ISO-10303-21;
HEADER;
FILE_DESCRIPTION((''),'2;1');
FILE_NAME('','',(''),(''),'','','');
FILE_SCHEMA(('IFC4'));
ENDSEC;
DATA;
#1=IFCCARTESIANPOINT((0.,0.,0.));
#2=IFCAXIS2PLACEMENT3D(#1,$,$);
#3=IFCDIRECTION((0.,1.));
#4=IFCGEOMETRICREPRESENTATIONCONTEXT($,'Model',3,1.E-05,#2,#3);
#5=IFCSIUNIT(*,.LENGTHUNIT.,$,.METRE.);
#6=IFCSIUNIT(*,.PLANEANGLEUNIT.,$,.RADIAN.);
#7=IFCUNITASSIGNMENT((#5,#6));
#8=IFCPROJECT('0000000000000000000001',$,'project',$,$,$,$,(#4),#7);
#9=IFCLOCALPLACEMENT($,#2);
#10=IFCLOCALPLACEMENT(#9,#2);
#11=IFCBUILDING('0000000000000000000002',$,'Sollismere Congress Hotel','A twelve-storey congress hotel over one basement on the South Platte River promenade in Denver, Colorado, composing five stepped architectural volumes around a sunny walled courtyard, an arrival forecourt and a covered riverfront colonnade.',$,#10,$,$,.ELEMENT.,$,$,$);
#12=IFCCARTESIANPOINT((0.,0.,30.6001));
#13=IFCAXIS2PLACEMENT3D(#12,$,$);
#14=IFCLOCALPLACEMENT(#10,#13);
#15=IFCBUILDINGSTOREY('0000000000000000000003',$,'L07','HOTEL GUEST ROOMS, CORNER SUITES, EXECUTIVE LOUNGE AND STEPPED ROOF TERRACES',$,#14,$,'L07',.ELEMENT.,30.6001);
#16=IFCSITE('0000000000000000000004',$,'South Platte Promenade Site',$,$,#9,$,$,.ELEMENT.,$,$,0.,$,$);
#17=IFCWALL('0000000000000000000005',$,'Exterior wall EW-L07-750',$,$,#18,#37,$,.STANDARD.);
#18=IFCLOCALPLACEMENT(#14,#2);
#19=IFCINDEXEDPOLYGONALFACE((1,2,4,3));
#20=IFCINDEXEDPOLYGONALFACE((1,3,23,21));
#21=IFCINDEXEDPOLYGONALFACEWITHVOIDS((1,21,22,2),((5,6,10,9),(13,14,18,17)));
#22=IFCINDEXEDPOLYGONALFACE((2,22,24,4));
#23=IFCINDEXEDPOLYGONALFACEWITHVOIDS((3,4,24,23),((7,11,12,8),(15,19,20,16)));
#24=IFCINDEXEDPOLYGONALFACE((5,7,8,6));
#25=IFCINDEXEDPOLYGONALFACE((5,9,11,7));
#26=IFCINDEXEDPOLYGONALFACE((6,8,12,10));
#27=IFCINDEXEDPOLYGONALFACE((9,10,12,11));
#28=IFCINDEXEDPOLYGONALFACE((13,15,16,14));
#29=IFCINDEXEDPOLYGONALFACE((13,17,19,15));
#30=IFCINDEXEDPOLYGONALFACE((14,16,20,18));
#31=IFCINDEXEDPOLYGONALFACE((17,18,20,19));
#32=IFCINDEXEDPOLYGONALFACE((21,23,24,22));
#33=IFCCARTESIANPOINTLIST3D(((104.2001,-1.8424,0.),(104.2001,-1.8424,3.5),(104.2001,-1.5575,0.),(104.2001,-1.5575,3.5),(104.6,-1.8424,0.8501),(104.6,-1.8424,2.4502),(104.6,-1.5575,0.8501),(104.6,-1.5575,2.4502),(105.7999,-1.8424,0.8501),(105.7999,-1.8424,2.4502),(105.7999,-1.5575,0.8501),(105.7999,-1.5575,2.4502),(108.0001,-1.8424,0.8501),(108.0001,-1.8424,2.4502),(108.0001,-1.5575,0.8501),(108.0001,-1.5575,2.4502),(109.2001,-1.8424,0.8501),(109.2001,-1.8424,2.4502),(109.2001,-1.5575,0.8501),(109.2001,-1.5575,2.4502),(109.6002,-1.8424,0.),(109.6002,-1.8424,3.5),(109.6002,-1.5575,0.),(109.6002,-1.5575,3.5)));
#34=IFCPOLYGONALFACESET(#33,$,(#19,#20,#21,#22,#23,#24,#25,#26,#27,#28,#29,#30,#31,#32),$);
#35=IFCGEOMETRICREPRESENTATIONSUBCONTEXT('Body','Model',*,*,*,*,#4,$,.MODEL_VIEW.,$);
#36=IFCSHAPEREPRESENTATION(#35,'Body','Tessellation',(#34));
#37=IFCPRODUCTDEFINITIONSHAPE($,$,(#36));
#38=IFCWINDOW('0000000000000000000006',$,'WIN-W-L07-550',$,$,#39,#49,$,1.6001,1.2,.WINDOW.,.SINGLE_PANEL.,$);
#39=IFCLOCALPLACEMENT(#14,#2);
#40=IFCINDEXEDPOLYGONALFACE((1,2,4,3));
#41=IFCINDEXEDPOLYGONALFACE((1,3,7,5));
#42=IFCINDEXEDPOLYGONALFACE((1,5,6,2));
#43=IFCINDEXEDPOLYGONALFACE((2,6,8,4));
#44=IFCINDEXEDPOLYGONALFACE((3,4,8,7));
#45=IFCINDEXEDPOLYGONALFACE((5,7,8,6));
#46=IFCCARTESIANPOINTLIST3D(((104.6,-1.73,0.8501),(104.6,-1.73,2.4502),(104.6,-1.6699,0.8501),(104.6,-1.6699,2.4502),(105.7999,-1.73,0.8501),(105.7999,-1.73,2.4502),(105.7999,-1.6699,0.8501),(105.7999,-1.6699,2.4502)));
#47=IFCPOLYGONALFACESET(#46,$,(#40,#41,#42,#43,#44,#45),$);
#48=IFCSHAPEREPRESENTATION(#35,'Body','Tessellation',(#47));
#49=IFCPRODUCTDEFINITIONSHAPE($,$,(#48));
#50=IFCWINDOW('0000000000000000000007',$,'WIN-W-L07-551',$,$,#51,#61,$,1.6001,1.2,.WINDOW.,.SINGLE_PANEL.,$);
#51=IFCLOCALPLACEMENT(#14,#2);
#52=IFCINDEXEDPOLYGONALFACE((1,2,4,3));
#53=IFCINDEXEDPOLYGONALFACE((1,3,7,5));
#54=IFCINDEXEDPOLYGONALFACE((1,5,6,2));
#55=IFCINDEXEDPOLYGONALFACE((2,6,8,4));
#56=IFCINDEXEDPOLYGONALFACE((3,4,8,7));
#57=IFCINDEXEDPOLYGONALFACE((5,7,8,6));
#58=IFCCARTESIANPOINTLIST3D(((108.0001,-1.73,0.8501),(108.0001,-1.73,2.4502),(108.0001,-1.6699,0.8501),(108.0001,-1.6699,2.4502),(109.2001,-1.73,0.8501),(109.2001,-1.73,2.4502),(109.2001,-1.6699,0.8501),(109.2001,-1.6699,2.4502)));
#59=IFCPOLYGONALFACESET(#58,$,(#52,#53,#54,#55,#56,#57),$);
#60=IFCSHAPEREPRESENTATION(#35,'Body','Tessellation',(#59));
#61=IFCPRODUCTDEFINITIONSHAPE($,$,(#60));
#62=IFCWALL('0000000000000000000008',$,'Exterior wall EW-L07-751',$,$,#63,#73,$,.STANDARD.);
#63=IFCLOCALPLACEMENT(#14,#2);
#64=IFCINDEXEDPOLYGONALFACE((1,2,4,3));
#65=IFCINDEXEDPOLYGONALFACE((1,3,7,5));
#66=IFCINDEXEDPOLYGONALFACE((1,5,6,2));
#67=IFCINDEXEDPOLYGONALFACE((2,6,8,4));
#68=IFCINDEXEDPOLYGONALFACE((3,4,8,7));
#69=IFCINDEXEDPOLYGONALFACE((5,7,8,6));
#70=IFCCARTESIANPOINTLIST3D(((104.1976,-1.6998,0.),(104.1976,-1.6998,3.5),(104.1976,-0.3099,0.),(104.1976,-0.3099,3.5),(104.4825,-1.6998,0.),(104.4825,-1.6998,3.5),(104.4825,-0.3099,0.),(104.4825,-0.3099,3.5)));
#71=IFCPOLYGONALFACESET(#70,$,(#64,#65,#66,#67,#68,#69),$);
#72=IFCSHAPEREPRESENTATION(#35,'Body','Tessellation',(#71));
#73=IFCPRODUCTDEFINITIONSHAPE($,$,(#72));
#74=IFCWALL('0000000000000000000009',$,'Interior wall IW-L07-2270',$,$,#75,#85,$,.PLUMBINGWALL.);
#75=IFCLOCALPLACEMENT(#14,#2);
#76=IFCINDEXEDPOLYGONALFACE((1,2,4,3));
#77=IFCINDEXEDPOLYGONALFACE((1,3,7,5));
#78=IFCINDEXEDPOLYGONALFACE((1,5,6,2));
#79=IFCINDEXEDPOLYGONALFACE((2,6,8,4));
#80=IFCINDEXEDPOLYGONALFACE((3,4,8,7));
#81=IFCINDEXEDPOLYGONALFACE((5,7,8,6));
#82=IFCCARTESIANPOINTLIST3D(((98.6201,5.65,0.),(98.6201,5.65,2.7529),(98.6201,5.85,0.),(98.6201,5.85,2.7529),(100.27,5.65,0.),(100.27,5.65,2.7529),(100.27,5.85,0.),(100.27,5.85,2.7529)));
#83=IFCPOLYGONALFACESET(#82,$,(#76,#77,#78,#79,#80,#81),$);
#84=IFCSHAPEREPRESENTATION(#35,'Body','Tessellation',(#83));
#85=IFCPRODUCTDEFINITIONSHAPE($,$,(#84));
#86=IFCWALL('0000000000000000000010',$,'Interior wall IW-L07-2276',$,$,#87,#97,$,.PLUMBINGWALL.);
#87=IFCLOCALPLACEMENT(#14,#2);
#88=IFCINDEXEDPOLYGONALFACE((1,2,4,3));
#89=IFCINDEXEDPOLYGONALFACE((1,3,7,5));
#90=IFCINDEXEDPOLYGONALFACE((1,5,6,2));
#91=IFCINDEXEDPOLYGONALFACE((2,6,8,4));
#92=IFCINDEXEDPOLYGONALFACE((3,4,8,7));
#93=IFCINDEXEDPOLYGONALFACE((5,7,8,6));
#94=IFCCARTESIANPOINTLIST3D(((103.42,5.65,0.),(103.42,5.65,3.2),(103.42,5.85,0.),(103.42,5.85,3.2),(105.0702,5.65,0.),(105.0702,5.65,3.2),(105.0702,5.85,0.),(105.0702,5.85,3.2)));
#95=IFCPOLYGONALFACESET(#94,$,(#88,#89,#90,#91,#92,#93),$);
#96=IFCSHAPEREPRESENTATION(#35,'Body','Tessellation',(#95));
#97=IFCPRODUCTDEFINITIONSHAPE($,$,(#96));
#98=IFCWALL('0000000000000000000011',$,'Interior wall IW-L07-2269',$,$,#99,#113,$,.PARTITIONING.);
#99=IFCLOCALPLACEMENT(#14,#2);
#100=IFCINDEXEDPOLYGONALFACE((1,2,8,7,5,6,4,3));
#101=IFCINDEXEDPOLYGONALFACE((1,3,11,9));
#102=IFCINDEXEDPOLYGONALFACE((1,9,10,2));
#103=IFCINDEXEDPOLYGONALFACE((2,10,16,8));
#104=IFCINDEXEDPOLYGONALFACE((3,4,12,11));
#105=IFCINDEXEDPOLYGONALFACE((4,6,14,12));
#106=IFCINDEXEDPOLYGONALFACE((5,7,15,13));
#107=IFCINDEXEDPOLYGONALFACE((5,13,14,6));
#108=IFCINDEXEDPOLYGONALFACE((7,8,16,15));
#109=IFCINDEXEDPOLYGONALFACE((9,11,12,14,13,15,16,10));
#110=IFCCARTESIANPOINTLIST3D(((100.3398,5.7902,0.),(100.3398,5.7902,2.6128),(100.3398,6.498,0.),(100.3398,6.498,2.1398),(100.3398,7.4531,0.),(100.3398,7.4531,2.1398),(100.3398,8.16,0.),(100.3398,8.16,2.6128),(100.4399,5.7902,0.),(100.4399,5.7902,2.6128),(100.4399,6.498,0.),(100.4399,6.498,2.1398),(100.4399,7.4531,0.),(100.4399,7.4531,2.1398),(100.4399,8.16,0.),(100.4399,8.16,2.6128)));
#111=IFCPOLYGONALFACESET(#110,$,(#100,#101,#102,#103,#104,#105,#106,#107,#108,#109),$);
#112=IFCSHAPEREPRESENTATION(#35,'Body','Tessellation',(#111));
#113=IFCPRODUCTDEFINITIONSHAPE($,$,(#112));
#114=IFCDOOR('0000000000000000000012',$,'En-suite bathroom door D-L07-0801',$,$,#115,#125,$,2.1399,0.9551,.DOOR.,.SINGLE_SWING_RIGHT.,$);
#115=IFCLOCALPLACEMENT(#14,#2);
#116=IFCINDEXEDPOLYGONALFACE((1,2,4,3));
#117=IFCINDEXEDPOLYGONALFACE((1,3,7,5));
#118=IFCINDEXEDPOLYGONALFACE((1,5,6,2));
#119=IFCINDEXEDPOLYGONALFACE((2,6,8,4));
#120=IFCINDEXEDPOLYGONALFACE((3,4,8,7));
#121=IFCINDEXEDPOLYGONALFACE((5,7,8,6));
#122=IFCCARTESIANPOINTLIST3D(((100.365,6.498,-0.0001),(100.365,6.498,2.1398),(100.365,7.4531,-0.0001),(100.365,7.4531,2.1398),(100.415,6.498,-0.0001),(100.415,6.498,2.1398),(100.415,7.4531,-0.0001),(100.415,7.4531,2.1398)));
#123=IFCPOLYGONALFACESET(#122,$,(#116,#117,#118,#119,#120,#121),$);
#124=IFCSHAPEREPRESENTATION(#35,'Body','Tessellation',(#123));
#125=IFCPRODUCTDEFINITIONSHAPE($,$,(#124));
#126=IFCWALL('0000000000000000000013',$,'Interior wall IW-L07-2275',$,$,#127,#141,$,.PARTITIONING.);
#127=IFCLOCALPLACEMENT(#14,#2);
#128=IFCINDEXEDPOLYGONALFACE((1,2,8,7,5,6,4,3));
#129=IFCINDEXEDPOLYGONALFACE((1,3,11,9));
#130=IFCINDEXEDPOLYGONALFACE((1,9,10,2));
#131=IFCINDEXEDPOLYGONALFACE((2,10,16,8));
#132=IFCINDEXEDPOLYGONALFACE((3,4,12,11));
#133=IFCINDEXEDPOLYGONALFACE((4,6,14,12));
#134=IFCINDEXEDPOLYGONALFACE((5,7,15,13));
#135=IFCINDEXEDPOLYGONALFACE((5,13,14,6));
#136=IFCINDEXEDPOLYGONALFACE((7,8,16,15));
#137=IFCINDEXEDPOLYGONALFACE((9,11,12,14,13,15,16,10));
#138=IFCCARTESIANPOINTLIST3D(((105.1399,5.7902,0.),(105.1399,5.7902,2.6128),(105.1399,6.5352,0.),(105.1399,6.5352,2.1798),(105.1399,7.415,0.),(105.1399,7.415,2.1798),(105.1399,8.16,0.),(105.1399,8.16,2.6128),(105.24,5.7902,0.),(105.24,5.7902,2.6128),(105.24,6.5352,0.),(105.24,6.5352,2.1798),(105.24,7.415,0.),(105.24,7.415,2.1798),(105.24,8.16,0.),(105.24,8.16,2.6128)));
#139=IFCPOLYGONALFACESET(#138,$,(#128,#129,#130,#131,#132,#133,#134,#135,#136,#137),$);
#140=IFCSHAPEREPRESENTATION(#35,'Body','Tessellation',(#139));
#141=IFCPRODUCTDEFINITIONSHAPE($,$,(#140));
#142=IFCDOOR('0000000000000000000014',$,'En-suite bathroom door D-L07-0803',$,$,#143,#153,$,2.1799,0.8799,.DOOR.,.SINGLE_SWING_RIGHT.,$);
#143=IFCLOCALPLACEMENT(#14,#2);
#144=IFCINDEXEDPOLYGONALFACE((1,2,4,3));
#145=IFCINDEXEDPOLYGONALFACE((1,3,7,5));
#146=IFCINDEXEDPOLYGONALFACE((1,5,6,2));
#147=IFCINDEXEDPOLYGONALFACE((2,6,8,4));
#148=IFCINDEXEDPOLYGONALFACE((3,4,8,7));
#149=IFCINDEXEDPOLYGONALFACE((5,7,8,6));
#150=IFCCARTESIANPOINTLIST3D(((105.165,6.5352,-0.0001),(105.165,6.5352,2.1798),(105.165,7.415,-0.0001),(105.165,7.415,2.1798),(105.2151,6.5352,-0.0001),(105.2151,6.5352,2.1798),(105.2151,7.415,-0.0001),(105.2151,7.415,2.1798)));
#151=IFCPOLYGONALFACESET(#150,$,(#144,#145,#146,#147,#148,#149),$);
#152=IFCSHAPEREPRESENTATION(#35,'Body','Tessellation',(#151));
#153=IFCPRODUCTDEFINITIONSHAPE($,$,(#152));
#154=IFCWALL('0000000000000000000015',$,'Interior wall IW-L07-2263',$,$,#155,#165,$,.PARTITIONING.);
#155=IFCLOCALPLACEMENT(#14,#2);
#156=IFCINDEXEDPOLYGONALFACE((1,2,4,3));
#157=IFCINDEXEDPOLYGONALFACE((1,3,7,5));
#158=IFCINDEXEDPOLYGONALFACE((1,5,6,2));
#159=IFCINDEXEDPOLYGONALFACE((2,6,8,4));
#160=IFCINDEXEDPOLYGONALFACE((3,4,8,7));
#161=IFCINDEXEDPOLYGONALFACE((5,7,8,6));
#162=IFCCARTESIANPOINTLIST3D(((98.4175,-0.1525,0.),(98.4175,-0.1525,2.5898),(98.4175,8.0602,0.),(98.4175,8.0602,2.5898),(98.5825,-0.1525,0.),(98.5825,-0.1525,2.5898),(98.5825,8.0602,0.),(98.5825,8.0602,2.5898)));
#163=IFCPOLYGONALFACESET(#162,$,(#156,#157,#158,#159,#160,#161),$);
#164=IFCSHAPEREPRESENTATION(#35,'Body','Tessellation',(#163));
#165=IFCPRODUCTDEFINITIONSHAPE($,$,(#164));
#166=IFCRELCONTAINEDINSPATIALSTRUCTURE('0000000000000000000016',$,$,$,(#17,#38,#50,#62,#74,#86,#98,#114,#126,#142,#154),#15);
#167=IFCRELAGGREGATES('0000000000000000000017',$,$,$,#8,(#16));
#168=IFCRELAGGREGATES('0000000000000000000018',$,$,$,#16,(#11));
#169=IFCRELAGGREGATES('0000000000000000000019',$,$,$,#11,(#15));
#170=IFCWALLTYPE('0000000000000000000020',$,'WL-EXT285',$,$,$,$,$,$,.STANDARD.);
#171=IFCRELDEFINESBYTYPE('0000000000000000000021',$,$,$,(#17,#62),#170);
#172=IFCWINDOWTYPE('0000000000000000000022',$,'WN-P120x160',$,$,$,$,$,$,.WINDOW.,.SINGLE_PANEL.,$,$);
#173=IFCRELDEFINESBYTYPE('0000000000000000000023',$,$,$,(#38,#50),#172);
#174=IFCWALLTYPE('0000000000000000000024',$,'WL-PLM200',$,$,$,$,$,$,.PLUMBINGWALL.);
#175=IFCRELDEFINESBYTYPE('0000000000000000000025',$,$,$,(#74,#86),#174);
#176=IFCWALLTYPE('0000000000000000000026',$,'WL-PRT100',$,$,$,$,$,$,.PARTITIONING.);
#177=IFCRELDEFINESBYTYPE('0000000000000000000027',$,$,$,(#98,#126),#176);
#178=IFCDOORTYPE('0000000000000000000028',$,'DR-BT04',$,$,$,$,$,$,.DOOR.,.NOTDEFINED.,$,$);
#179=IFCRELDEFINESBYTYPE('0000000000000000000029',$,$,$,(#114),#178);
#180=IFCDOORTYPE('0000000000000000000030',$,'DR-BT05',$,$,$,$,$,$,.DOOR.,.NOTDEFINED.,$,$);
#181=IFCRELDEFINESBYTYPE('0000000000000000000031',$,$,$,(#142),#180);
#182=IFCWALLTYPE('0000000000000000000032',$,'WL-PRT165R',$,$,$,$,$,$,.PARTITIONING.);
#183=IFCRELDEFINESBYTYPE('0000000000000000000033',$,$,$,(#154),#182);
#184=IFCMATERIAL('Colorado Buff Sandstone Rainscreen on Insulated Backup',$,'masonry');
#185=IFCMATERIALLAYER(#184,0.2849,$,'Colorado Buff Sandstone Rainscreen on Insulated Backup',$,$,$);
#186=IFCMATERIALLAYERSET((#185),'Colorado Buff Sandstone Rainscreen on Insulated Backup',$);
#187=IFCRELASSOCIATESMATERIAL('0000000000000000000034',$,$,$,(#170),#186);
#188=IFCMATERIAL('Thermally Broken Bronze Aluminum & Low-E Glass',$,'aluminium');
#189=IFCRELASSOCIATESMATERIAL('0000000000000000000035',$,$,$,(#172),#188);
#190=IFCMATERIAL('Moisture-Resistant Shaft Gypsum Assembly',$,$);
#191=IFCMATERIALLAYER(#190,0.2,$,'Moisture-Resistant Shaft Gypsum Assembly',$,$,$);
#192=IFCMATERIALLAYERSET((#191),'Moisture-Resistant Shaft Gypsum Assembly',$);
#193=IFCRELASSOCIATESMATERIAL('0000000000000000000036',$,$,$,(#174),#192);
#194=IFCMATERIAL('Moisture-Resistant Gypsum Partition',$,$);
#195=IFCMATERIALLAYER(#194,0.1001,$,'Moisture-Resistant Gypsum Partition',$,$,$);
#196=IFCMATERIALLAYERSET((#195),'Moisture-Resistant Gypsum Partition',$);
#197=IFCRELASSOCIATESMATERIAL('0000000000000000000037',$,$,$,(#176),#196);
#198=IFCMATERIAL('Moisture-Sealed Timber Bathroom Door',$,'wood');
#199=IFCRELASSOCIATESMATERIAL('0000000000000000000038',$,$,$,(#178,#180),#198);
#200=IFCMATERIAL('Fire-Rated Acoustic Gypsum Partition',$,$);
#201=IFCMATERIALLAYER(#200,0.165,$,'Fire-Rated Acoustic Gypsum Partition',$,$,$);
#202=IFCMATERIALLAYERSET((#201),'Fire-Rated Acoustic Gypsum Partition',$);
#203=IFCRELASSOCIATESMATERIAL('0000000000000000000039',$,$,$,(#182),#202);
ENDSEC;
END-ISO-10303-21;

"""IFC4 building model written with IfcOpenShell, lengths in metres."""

from ifc_helpers import new_model, si_unit, direction, frame, frame_2d, origin, place, context, subcontext, project, spatial, rectangle, extrude, material, layer, layer_set, type_object, element, fill, save


model = new_model("IFC4")

# Units and contexts
model_context = context("Model", 3, precision=1e-05, world=origin(), true_north=direction((0.0, 1.0)))
body_context = subcontext(model_context, "Body", "Model", "MODEL_VIEW")
ifc_project = project(units=[si_unit("LENGTHUNIT", "METRE"), si_unit("PLANEANGLEUNIT", "RADIAN")], contexts=[model_context])

# Site, building, storey
site_placement = place(None, origin())
site = spatial("IfcSite", under=ifc_project, at=site_placement, Name="South Platte Promenade Site", CompositionType="ELEMENT", RefElevation=0.0)
building_placement = place(site_placement, origin())
building = spatial("IfcBuilding", under=site, at=building_placement, Name="Sollismere Congress Hotel", Description="A twelve-storey congress hotel over one basement on the South Platte River promenade in Denver, Colorado, composing five stepped architectural volumes around a sunny walled courtyard, an arrival forecourt and a covered riverfront colonnade.", CompositionType="ELEMENT")
storey_placement = place(building_placement, frame((0.0, 0.0, 30.6001)))
storey = spatial("IfcBuildingStorey", under=building, at=storey_placement, Name="L07", Description="HOTEL GUEST ROOMS, CORNER SUITES, EXECUTIVE LOUNGE AND STEPPED ROOF TERRACES", LongName="L07", CompositionType="ELEMENT", Elevation=30.6001)

# Shared definitions
ifc_material_1 = material(Name="Colorado Buff Sandstone Rainscreen on Insulated Backup", Category="masonry")
ifc_layer_1 = layer(ifc_material_1, 0.2849, Name="Colorado Buff Sandstone Rainscreen on Insulated Backup")
ifc_layer_set_1 = layer_set([ifc_layer_1], Name="Colorado Buff Sandstone Rainscreen on Insulated Backup")
wall_type_1 = type_object("IfcWallType", Name="WL-EXT285", PredefinedType="STANDARD", material=ifc_layer_set_1)

# Wall, openings, windows
wall_1_placement = place(storey_placement, frame((104.2, -1.7, 0.0), z_axis=(0.0, 0.0, 1.0), x_axis=(1.0, 0.0, 0.0)))
wall_1 = element("IfcWall", 1, at=wall_1_placement, inside=storey, type_object=wall_type_1, Name="Exterior wall EW-L07-750", PredefinedType="STANDARD", context=body_context, shape_type="SweptSolid", body=[
    extrude(rectangle(XDim=5.4001, YDim=0.2849, at=frame_2d((2.7002, 0.0))), origin(), (0.0, 0.0, 1.0), 3.5),
])
opening_1_placement = place(wall_1_placement, frame((0.3999, 0.0, 0.8501)))
opening_1 = element("IfcOpeningElement", 2, at=opening_1_placement, cuts=wall_1, PredefinedType="OPENING", context=body_context, shape_type="SweptSolid", body=[
    extrude(rectangle(XDim=1.2, YDim=1.6001, at=frame_2d((0.6001, 0.8))), frame((0.0, 0.1523, 0.0), z_axis=(0.0, -1.0, 0.0), x_axis=(1.0, 0.0, 0.0)), (0.0, 0.0, 1.0), 0.3049),
])
opening_2_placement = place(wall_1_placement, frame((3.8, 0.0, 0.8501)))
opening_2 = element("IfcOpeningElement", 3, at=opening_2_placement, cuts=wall_1, PredefinedType="OPENING", context=body_context, shape_type="SweptSolid", body=[
    extrude(rectangle(XDim=1.2, YDim=1.6001, at=frame_2d((0.6001, 0.8))), frame((0.0, 0.1523, 0.0), z_axis=(0.0, -1.0, 0.0), x_axis=(1.0, 0.0, 0.0)), (0.0, 0.0, 1.0), 0.3049),
])
ifc_material_2 = material(Name="Thermally Broken Bronze Aluminum & Low-E Glass", Category="aluminium")
window_type = type_object("IfcWindowType", Name="WN-P120x160", PartitioningType="SINGLE_PANEL", PredefinedType="WINDOW", material=ifc_material_2)
window_1_placement = place(opening_1_placement, origin())
window_1 = element("IfcWindow", 4, at=window_1_placement, inside=storey, type_object=window_type, Name="WIN-W-L07-550", OverallHeight=1.6001, OverallWidth=1.2, PartitioningType="SINGLE_PANEL", PredefinedType="WINDOW", context=body_context, shape_type="SweptSolid", body=[
    extrude(rectangle(XDim=1.2, YDim=1.6001, at=frame_2d((0.6001, 0.8))), frame((0.0, 0.03, 0.0), z_axis=(0.0, -1.0, 0.0), x_axis=(1.0, 0.0, 0.0)), (0.0, 0.0, 1.0), 0.0601),
])
fill(opening_1, window_1)
window_2_placement = place(opening_2_placement, origin())
window_2 = element("IfcWindow", 5, at=window_2_placement, inside=storey, type_object=window_type, Name="WIN-W-L07-551", OverallHeight=1.6001, OverallWidth=1.2, PartitioningType="SINGLE_PANEL", PredefinedType="WINDOW", context=body_context, shape_type="SweptSolid", body=[
    extrude(rectangle(XDim=1.2, YDim=1.6001, at=frame_2d((0.6001, 0.8))), frame((0.0, 0.03, 0.0), z_axis=(0.0, -1.0, 0.0), x_axis=(1.0, 0.0, 0.0)), (0.0, 0.0, 1.0), 0.0601),
])
fill(opening_2, window_2)

# Walls
wall_2_placement = place(storey_placement, frame((104.3401, -0.3101, 0.0), z_axis=(0.0, 0.0, 1.0), x_axis=(0.0, -1.0, 0.0)))
element("IfcWall", 6, at=wall_2_placement, inside=storey, type_object=wall_type_1, Name="Exterior wall EW-L07-751", PredefinedType="STANDARD", context=body_context, shape_type="SweptSolid", body=[
    extrude(rectangle(XDim=1.3899, YDim=0.2849, at=frame_2d((0.6948, 0.0))), origin(), (0.0, 0.0, 1.0), 3.5),
])
ifc_material_3 = material(Name="Moisture-Resistant Shaft Gypsum Assembly")
ifc_layer_2 = layer(ifc_material_3, 0.2, Name="Moisture-Resistant Shaft Gypsum Assembly")
ifc_layer_set_2 = layer_set([ifc_layer_2], Name="Moisture-Resistant Shaft Gypsum Assembly")
wall_type_2 = type_object("IfcWallType", Name="WL-PLM200", PredefinedType="PLUMBINGWALL", material=ifc_layer_set_2)
wall_3_placement = place(storey_placement, frame((98.6201, 5.75, 0.0), z_axis=(0.0, 0.0, 1.0), x_axis=(1.0, 0.0, 0.0)))
element("IfcWall", 7, at=wall_3_placement, inside=storey, type_object=wall_type_2, Name="Interior wall IW-L07-2270", PredefinedType="PLUMBINGWALL", context=body_context, shape_type="SweptSolid", body=[
    extrude(rectangle(XDim=1.6499, YDim=0.2, at=frame_2d((0.825, 0.0))), origin(), (0.0, 0.0, 1.0), 2.7529),
])
wall_4_placement = place(storey_placement, frame((103.4199, 5.75, 0.0), z_axis=(0.0, 0.0, 1.0), x_axis=(1.0, 0.0, 0.0)))
element("IfcWall", 8, at=wall_4_placement, inside=storey, type_object=wall_type_2, Name="Interior wall IW-L07-2276", PredefinedType="PLUMBINGWALL", context=body_context, shape_type="SweptSolid", body=[
    extrude(rectangle(XDim=1.6501, YDim=0.2, at=frame_2d((0.8252, 0.0))), origin(), (0.0, 0.0, 1.0), 3.2),
])

# Walls, openings, doors
ifc_material_4 = material(Name="Moisture-Resistant Gypsum Partition")
ifc_layer_3 = layer(ifc_material_4, 0.1001, Name="Moisture-Resistant Gypsum Partition")
ifc_layer_set_3 = layer_set([ifc_layer_3], Name="Moisture-Resistant Gypsum Partition")
wall_type_3 = type_object("IfcWallType", Name="WL-PRT100", PredefinedType="PARTITIONING", material=ifc_layer_set_3)
wall_5_placement = place(storey_placement, frame((100.3899, 5.79, 0.0), z_axis=(0.0, 0.0, 1.0), x_axis=(0.0, 1.0, 0.0)))
wall_5 = element("IfcWall", 9, at=wall_5_placement, inside=storey, type_object=wall_type_3, Name="Interior wall IW-L07-2269", PredefinedType="PARTITIONING", context=body_context, shape_type="SweptSolid", body=[
    extrude(rectangle(XDim=2.3699, YDim=0.1001, at=frame_2d((1.1851, 0.0))), origin(), (0.0, 0.0, 1.0), 2.6128),
])
opening_3_placement = place(wall_5_placement, frame((0.708, 0.0, 0.0)))
opening_3 = element("IfcOpeningElement", 10, at=opening_3_placement, cuts=wall_5, PredefinedType="OPENING", context=body_context, shape_type="SweptSolid", body=[
    extrude(rectangle(XDim=0.9551, YDim=2.1399, at=frame_2d((0.4775, 1.0698))), frame((0.0, 0.0601, 0.0), z_axis=(0.0, -1.0, 0.0), x_axis=(1.0, 0.0, 0.0)), (0.0, 0.0, 1.0), 0.1201),
])
ifc_material_5 = material(Name="Moisture-Sealed Timber Bathroom Door", Category="wood")
door_type_1 = type_object("IfcDoorType", Name="DR-BT04", OperationType="NOTDEFINED", PredefinedType="DOOR", material=ifc_material_5)
door_1_placement = place(opening_3_placement, origin())
door_1 = element("IfcDoor", 11, at=door_1_placement, inside=storey, type_object=door_type_1, Name="En-suite bathroom door D-L07-0801", OperationType="SINGLE_SWING_RIGHT", OverallHeight=2.1399, OverallWidth=0.9551, PredefinedType="DOOR", context=body_context, shape_type="SweptSolid", body=[
    extrude(rectangle(XDim=0.9551, YDim=2.1399, at=frame_2d((0.4775, 1.0698))), frame((0.0, 0.0249, 0.0), z_axis=(0.0, -1.0, 0.0), x_axis=(1.0, 0.0, 0.0)), (0.0, 0.0, 1.0), 0.05),
])
fill(opening_3, door_1)
wall_6_placement = place(storey_placement, frame((105.1899, 5.79, 0.0), z_axis=(0.0, 0.0, 1.0), x_axis=(0.0, 1.0, 0.0)))
wall_6 = element("IfcWall", 12, at=wall_6_placement, inside=storey, type_object=wall_type_3, Name="Interior wall IW-L07-2275", PredefinedType="PARTITIONING", context=body_context, shape_type="SweptSolid", body=[
    extrude(rectangle(XDim=2.3699, YDim=0.1001, at=frame_2d((1.1851, 0.0))), origin(), (0.0, 0.0, 1.0), 2.6128),
])
opening_4_placement = place(wall_6_placement, frame((0.7451, 0.0, 0.0)))
opening_4 = element("IfcOpeningElement", 13, at=opening_4_placement, cuts=wall_6, PredefinedType="OPENING", context=body_context, shape_type="SweptSolid", body=[
    extrude(rectangle(XDim=0.8799, YDim=2.1799, at=frame_2d((0.4399, 1.0898))), frame((0.0, 0.0601, 0.0), z_axis=(0.0, -1.0, 0.0), x_axis=(1.0, 0.0, 0.0)), (0.0, 0.0, 1.0), 0.1201),
])
door_type_2 = type_object("IfcDoorType", Name="DR-BT05", OperationType="NOTDEFINED", PredefinedType="DOOR", material=ifc_material_5)
door_2_placement = place(opening_4_placement, origin())
door_2 = element("IfcDoor", 14, at=door_2_placement, inside=storey, type_object=door_type_2, Name="En-suite bathroom door D-L07-0803", OperationType="SINGLE_SWING_RIGHT", OverallHeight=2.1799, OverallWidth=0.8799, PredefinedType="DOOR", context=body_context, shape_type="SweptSolid", body=[
    extrude(rectangle(XDim=0.8799, YDim=2.1799, at=frame_2d((0.4399, 1.0898))), frame((0.0, 0.0249, 0.0), z_axis=(0.0, -1.0, 0.0), x_axis=(1.0, 0.0, 0.0)), (0.0, 0.0, 1.0), 0.05),
])
fill(opening_4, door_2)

# Wall
ifc_material_6 = material(Name="Fire-Rated Acoustic Gypsum Partition")
ifc_layer_4 = layer(ifc_material_6, 0.165, Name="Fire-Rated Acoustic Gypsum Partition")
ifc_layer_set_4 = layer_set([ifc_layer_4], Name="Fire-Rated Acoustic Gypsum Partition")
wall_type_4 = type_object("IfcWallType", Name="WL-PRT165R", PredefinedType="PARTITIONING", material=ifc_layer_set_4)
for number, where, z_axis, x_axis, name in (
    (15, (98.5, -0.1526, 0.0), (0.0, 0.0, 1.0), (0.0, 1.0, 0.0), "Interior wall IW-L07-2263"),
):
    element("IfcWall", number, at=place(storey_placement, frame(where, z_axis=z_axis, x_axis=x_axis)), inside=storey, type_object=wall_type_4, Name=name, PredefinedType="PARTITIONING", context=body_context, shape_type="SweptSolid", body=[
        extrude(rectangle(XDim=8.2126, YDim=0.165, at=frame_2d((4.1064, 0.0))), origin(), (0.0, 0.0, 1.0), 2.5898),
    ])

save(model, "model.ifc")
